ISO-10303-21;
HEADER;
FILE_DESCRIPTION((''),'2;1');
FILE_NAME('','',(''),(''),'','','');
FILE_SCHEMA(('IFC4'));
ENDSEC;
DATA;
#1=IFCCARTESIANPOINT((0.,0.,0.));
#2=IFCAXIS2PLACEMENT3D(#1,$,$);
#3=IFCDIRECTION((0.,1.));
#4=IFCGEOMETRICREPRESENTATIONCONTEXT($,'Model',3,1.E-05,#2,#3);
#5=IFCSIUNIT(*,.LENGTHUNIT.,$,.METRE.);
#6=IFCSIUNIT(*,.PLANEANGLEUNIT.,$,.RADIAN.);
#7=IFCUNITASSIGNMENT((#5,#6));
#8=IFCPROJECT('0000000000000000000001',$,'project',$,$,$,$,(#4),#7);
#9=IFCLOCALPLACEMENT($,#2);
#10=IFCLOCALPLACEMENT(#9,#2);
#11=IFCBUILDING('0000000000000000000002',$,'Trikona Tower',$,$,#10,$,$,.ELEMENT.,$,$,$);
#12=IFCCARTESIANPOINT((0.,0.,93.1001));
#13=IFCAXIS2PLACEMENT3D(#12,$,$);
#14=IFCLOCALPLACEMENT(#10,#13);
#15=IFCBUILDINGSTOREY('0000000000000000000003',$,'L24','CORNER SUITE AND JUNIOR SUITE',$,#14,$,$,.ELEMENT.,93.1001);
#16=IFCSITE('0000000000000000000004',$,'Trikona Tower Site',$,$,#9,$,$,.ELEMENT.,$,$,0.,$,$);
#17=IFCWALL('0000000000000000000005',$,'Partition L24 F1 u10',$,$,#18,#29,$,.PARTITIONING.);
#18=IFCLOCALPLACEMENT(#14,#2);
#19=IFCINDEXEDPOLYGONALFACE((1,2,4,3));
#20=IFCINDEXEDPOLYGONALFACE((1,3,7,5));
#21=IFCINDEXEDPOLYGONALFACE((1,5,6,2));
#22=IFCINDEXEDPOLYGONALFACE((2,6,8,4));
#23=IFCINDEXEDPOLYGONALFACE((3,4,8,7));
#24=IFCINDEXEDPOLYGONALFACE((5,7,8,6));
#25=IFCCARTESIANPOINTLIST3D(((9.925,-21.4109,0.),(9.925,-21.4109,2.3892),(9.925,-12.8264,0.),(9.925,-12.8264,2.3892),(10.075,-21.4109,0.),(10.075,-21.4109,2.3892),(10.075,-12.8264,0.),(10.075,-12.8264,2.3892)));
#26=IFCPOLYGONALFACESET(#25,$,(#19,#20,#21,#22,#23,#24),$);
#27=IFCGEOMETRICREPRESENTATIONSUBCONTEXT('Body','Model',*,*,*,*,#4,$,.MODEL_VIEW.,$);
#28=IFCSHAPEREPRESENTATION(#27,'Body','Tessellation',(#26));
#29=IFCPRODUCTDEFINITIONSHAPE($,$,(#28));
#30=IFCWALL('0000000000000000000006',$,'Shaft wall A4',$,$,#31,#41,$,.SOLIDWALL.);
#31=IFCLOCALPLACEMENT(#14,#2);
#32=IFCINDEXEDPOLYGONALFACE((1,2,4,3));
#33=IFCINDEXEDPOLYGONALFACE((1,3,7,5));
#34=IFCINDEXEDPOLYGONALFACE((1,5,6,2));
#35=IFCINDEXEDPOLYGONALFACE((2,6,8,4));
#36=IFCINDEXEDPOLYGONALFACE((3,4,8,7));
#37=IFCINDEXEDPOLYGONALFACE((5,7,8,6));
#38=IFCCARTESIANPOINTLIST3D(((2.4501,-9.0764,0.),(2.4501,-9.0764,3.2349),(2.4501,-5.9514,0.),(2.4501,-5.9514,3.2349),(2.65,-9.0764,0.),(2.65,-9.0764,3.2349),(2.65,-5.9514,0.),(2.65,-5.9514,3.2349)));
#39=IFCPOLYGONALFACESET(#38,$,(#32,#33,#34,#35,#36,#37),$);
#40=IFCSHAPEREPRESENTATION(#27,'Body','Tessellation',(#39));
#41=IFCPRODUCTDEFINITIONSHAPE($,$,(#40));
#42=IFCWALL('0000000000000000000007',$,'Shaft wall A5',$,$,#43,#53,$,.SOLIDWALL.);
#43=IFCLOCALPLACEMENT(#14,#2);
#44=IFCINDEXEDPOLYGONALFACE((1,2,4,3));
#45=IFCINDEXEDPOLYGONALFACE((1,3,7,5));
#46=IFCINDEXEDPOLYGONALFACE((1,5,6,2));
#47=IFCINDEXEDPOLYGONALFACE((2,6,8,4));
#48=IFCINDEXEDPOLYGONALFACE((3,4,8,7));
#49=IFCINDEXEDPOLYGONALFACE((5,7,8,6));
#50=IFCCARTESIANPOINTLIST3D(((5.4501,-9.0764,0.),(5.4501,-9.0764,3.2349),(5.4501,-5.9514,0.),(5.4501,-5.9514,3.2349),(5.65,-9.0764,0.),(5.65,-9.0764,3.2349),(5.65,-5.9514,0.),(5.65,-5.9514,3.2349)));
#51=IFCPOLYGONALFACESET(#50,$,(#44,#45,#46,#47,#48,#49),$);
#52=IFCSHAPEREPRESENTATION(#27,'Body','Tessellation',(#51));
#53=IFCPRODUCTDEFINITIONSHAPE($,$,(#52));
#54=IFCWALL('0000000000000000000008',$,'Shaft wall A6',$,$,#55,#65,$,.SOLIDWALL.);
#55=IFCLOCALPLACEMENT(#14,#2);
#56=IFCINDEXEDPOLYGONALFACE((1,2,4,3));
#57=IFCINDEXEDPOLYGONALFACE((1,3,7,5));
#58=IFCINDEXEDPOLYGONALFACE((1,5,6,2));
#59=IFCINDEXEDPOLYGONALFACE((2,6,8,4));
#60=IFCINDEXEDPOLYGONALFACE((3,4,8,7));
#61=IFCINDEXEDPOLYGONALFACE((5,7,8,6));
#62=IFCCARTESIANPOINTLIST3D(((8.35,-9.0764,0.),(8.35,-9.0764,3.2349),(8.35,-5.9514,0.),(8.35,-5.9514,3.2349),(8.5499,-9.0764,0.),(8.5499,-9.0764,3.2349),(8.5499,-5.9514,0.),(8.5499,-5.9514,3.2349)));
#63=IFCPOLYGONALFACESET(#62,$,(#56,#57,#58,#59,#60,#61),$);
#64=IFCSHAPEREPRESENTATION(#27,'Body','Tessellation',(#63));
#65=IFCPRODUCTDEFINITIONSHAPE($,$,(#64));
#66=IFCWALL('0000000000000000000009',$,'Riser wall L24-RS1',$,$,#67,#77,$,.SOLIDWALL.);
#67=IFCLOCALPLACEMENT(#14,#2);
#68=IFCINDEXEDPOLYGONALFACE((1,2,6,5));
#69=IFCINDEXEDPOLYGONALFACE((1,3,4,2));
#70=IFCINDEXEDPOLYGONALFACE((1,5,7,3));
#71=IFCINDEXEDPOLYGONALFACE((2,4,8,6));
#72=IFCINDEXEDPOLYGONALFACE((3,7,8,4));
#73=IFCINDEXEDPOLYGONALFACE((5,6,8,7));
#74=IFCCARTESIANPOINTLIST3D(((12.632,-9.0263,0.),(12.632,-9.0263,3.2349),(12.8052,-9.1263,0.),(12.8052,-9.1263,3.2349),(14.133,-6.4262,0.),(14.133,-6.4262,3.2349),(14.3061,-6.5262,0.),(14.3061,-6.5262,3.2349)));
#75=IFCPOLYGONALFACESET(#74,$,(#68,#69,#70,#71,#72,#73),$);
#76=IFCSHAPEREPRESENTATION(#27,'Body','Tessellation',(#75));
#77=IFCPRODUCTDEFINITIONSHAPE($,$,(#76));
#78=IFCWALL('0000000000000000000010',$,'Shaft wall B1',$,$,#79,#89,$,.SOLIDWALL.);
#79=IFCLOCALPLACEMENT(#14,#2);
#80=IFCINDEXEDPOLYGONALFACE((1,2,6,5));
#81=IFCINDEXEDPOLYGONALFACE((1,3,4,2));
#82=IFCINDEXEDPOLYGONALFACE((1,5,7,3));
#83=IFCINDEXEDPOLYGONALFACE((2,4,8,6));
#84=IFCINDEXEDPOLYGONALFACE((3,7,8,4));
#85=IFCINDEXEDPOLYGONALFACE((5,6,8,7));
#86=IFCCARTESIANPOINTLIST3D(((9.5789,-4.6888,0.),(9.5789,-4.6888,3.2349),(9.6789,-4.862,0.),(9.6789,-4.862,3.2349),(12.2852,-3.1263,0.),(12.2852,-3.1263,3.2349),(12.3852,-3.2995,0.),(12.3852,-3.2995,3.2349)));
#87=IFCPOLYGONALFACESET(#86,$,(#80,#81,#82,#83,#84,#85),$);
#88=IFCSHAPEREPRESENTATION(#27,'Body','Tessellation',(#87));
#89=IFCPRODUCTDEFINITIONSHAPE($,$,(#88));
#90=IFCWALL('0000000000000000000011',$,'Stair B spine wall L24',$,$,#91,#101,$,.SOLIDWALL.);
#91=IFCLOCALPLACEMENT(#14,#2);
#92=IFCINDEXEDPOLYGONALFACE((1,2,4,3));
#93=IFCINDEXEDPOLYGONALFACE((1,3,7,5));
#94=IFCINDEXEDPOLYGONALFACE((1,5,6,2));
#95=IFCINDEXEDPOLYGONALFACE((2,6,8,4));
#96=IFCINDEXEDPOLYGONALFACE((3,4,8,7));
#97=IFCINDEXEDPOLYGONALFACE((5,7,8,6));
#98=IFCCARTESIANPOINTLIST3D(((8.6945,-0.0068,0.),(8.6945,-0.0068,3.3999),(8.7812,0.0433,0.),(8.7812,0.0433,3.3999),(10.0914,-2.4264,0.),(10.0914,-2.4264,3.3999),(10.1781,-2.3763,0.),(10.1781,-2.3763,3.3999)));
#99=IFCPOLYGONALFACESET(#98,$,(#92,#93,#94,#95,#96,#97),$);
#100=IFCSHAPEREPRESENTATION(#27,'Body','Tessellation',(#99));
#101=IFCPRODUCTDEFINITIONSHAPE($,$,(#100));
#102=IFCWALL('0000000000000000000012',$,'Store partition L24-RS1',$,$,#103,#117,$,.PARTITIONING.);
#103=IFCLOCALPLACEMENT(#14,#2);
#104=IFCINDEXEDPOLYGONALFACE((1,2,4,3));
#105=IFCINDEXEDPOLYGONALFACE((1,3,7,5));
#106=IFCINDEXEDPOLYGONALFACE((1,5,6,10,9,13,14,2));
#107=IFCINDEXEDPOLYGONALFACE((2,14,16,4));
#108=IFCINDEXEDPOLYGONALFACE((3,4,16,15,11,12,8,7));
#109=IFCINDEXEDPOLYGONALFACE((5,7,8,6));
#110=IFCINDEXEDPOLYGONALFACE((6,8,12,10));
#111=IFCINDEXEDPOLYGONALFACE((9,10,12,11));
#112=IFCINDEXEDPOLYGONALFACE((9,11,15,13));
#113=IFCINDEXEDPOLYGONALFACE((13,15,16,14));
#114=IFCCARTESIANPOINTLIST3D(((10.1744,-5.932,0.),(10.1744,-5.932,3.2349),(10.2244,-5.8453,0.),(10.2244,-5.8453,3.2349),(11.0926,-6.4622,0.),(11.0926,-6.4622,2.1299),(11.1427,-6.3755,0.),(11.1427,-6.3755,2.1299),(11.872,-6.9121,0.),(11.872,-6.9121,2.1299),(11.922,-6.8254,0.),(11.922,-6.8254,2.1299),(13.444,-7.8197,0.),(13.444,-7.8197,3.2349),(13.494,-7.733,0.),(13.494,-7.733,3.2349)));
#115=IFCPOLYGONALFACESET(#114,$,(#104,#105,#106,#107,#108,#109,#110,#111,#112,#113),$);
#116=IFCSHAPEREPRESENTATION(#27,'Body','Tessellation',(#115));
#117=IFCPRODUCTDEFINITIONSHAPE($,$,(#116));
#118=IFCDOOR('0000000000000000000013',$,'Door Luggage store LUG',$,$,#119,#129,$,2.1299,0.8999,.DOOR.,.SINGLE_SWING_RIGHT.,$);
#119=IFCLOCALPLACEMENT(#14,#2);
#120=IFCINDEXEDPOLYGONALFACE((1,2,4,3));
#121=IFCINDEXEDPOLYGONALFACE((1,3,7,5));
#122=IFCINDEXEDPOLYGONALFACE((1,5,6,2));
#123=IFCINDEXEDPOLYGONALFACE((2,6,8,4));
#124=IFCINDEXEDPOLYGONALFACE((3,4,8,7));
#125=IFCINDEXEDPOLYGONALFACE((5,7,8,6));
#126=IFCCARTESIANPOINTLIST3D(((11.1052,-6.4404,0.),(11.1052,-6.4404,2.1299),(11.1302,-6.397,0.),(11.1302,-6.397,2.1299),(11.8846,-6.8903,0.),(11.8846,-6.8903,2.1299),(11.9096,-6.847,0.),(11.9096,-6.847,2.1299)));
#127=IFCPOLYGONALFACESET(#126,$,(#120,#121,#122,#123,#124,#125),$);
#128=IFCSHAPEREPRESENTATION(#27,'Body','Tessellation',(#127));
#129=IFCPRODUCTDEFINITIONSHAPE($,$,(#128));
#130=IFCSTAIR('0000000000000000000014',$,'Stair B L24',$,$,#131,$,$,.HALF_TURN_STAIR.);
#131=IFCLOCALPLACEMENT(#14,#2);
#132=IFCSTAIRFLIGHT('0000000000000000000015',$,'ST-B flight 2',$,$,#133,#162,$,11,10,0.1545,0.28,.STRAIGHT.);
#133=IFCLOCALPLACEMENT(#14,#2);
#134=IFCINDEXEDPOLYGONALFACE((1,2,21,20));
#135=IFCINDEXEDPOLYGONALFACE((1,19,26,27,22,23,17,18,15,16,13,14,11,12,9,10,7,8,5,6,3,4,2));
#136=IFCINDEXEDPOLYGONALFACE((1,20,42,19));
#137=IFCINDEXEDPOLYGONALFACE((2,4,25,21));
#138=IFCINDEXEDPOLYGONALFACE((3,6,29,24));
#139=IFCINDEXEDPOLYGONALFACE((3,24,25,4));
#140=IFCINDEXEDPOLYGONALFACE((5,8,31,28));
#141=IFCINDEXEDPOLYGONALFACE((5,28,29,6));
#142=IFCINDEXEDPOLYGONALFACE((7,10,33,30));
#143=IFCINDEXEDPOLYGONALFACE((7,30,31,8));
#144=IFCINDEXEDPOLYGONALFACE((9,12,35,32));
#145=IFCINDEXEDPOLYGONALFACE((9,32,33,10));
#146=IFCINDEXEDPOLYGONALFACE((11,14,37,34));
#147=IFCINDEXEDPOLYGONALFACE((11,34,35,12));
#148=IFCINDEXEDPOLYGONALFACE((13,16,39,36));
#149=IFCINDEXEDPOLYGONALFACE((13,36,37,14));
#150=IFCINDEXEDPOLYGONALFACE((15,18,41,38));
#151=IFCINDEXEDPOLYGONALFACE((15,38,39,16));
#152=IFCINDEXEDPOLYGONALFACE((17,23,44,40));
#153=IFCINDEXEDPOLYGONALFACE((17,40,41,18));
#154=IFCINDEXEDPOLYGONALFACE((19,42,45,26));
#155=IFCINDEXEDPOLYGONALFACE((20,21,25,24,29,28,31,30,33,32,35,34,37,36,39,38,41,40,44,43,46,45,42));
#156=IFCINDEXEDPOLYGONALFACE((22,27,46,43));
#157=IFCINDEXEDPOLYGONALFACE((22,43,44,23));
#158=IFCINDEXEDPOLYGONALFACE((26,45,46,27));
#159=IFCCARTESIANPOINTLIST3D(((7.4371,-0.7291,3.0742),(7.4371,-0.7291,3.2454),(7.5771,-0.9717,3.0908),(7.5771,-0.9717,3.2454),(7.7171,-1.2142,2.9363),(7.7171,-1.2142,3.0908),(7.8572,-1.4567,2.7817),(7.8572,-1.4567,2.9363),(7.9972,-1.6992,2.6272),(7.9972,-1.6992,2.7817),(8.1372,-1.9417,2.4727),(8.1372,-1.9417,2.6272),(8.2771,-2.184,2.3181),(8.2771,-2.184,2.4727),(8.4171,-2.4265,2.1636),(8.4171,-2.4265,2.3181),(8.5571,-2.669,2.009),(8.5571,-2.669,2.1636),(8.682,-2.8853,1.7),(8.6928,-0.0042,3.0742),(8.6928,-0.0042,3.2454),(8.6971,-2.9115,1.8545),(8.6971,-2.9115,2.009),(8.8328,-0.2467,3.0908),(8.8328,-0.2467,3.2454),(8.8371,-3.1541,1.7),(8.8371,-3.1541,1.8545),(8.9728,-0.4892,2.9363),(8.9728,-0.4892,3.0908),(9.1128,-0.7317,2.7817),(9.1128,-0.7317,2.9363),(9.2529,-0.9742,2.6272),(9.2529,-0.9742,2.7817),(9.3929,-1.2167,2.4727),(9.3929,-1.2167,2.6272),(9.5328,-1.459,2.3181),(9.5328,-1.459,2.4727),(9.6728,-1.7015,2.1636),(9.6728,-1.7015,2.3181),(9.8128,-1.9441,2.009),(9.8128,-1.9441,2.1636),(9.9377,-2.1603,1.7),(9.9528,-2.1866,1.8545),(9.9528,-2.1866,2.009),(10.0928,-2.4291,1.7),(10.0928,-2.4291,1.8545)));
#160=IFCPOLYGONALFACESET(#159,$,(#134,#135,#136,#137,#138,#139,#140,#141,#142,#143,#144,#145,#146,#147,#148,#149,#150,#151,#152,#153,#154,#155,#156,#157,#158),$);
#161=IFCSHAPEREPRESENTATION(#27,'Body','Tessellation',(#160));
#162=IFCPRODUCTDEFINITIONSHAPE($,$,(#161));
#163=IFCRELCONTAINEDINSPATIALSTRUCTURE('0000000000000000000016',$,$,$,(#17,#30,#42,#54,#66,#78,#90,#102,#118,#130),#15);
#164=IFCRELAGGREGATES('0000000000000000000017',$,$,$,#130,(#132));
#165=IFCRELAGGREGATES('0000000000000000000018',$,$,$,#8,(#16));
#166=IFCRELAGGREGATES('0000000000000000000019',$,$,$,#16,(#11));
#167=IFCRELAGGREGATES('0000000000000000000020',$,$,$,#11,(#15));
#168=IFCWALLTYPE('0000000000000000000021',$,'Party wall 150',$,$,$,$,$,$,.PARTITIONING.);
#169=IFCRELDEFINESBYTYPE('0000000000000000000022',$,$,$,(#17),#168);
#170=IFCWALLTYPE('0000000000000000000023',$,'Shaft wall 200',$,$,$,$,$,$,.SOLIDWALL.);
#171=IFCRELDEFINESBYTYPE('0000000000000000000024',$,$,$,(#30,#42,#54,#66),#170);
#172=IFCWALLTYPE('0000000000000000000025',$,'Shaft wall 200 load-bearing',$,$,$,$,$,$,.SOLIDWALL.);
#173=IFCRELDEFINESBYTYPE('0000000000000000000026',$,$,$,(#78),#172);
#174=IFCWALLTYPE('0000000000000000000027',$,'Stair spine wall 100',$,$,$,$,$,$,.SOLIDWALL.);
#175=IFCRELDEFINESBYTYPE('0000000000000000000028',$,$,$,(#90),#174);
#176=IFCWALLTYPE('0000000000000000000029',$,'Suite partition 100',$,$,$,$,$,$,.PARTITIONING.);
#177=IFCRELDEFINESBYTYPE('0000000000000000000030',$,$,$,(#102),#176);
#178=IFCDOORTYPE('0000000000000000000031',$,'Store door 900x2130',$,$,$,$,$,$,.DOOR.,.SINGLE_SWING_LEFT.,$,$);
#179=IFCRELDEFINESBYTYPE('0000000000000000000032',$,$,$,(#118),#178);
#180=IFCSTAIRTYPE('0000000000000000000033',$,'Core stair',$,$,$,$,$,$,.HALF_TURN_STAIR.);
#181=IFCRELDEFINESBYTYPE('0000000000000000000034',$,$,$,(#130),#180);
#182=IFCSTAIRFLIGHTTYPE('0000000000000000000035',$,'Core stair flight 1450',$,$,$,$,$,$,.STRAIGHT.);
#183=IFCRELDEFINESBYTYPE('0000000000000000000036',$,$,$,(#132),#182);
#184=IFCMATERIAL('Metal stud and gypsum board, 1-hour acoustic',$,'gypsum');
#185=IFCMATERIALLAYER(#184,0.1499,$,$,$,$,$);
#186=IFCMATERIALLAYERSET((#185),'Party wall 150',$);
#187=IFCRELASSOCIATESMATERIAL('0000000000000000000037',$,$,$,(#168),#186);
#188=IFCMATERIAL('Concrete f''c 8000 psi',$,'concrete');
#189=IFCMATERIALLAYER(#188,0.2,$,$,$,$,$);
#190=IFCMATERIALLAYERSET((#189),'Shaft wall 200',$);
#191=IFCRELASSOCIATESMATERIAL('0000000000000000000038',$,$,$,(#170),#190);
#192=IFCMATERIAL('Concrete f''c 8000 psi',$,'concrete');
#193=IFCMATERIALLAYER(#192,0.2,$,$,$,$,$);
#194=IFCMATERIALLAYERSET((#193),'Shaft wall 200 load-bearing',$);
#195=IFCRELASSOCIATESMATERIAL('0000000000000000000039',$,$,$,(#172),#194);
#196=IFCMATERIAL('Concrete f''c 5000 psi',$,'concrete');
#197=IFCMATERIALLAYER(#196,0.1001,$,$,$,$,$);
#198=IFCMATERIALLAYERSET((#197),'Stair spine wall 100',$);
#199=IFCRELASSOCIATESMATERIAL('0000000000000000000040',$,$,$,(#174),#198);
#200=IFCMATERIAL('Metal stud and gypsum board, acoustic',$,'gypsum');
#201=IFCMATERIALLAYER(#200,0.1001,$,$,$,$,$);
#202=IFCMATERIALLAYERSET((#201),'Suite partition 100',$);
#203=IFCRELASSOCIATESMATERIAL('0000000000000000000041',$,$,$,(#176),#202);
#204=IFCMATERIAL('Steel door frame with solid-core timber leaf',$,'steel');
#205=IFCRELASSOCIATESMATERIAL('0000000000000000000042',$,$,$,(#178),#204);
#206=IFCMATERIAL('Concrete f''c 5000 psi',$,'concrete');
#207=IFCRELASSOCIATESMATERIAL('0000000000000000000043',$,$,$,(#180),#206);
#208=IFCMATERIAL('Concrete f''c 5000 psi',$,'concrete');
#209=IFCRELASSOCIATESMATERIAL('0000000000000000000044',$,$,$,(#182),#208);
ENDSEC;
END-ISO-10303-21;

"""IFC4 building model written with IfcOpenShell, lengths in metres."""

from ifc_helpers import new_model, si_unit, direction, frame, frame_2d, origin, place, context, subcontext, project, spatial, polyline, rectangle, outline, extrude, material, layer, layer_set, type_object, element, fill, aggregate, save


model = new_model("IFC4")

# Units and contexts
model_context = context("Model", 3, precision=1e-05, world=origin(), true_north=direction((0.0, 1.0)))
body_context = subcontext(model_context, "Body", "Model", "MODEL_VIEW")
ifc_project = project(units=[si_unit("LENGTHUNIT", "METRE"), si_unit("PLANEANGLEUNIT", "RADIAN")], contexts=[model_context])

# Site, building, storey
site_placement = place(None, origin())
site = spatial("IfcSite", under=ifc_project, at=site_placement, Name="Trikona Tower Site", CompositionType="ELEMENT", RefElevation=0.0)
building_placement = place(site_placement, origin())
building = spatial("IfcBuilding", under=site, at=building_placement, Name="Trikona Tower", CompositionType="ELEMENT")
storey_placement = place(building_placement, frame((0.0, 0.0, 93.1001)))
storey = spatial("IfcBuildingStorey", under=building, at=storey_placement, Name="L24", Description="CORNER SUITE AND JUNIOR SUITE", CompositionType="ELEMENT", Elevation=93.1001)

# Walls
ifc_material_1 = material(Name="Metal stud and gypsum board, 1-hour acoustic", Category="gypsum")
ifc_layer_1 = layer(ifc_material_1, 0.1499)
ifc_layer_set_1 = layer_set([ifc_layer_1], Name="Party wall 150")
wall_type_1 = type_object("IfcWallType", Name="Party wall 150", PredefinedType="PARTITIONING", material=ifc_layer_set_1)
wall_1_placement = place(storey_placement, frame((10.0, -12.8264, 0.0), z_axis=(0.0, 0.0, 1.0), x_axis=(0.0, -1.0, 0.0)))
element("IfcWall", 1, at=wall_1_placement, inside=storey, type_object=wall_type_1, Name="Partition L24 F1 u10", PredefinedType="PARTITIONING", context=body_context, shape_type="SweptSolid", body=[
    extrude(rectangle(XDim=8.5845, YDim=0.1499, at=frame_2d((4.2922, 0.0))), origin(), (0.0, 0.0, 1.0), 2.3892),
])
ifc_material_2 = material(Name="Concrete f'c 8000 psi", Category="concrete")
ifc_layer_2 = layer(ifc_material_2, 0.2)
ifc_layer_set_2 = layer_set([ifc_layer_2], Name="Shaft wall 200")
wall_type_2 = type_object("IfcWallType", Name="Shaft wall 200", PredefinedType="SOLIDWALL", material=ifc_layer_set_2)
for number, where, z_axis, x_axis, name in (
    (2, (2.55, -5.9514, 0.0), (0.0, 0.0, 1.0), (0.0, -1.0, 0.0), "Shaft wall A4"),
    (3, (5.55, -5.9514, 0.0), (0.0, 0.0, 1.0), (0.0, -1.0, 0.0), "Shaft wall A5"),
    (4, (8.45, -5.9514, 0.0), (0.0, 0.0, 1.0), (0.0, -1.0, 0.0), "Shaft wall A6"),
):
    element("IfcWall", number, at=place(storey_placement, frame(where, z_axis=z_axis, x_axis=x_axis)), inside=storey, type_object=wall_type_2, Name=name, PredefinedType="SOLIDWALL", context=body_context, shape_type="SweptSolid", body=[
        extrude(rectangle(XDim=3.125, YDim=0.2, at=frame_2d((1.5625, 0.0))), origin(), (0.0, 0.0, 1.0), 3.2349),
    ])
wall_2_placement = place(storey_placement, frame((14.2195, -6.4763, 0.0), z_axis=(0.0, 0.0, 1.0), x_axis=(-0.499952, -0.866053, 0.0)))
element("IfcWall", 5, at=wall_2_placement, inside=storey, type_object=wall_type_2, Name="Riser wall L24-RS1", PredefinedType="SOLIDWALL", context=body_context, shape_type="SweptSolid", body=[
    extrude(rectangle(XDim=3.0022, YDim=0.2, at=frame_2d((1.501, 0.0))), origin(), (0.0, 0.0, 1.0), 3.2349),
])
ifc_material_3 = material(Name="Concrete f'c 8000 psi", Category="concrete")
ifc_layer_3 = layer(ifc_material_3, 0.2)
ifc_layer_set_3 = layer_set([ifc_layer_3], Name="Shaft wall 200 load-bearing")
wall_type_3 = type_object("IfcWallType", Name="Shaft wall 200 load-bearing", PredefinedType="SOLIDWALL", material=ifc_layer_set_3)
wall_3_placement = place(storey_placement, frame((9.6289, -4.7754, 0.0), z_axis=(0.0, 0.0, 1.0), x_axis=(0.866023, 0.500004, 0.0)))
element("IfcWall", 6, at=wall_3_placement, inside=storey, type_object=wall_type_3, Name="Shaft wall B1", PredefinedType="SOLIDWALL", context=body_context, shape_type="SweptSolid", body=[
    extrude(rectangle(XDim=3.125, YDim=0.2, at=frame_2d((1.5625, 0.0))), origin(), (0.0, 0.0, 1.0), 3.2349),
])
ifc_material_4 = material(Name="Concrete f'c 5000 psi", Category="concrete")
ifc_layer_4 = layer(ifc_material_4, 0.1001)
ifc_layer_set_4 = layer_set([ifc_layer_4], Name="Stair spine wall 100")
wall_type_4 = type_object("IfcWallType", Name="Stair spine wall 100", PredefinedType="SOLIDWALL", material=ifc_layer_set_4)
wall_4_placement = place(storey_placement, frame((10.1348, -2.4014, 0.0), z_axis=(0.0, 0.0, 1.0), x_axis=(-0.499992, 0.86603, 0.0)))
element("IfcWall", 7, at=wall_4_placement, inside=storey, type_object=wall_type_4, Name="Stair B spine wall L24", PredefinedType="SOLIDWALL", context=body_context, shape_type="SweptSolid", body=[
    extrude(rectangle(XDim=2.7939, YDim=0.1001, at=frame_2d((1.397, 0.0))), origin(), (0.0, 0.0, 1.0), 3.3999),
])

# Wall, opening, door
ifc_material_5 = material(Name="Metal stud and gypsum board, acoustic", Category="gypsum")
ifc_layer_5 = layer(ifc_material_5, 0.1001)
ifc_layer_set_5 = layer_set([ifc_layer_5], Name="Suite partition 100")
wall_type_5 = type_object("IfcWallType", Name="Suite partition 100", PredefinedType="PARTITIONING", material=ifc_layer_set_5)
wall_5_placement = place(storey_placement, frame((13.469, -7.7764, 0.0), z_axis=(0.0, 0.0, 1.0), x_axis=(-0.866022, 0.500006, 0.0)))
wall_5 = element("IfcWall", 8, at=wall_5_placement, inside=storey, type_object=wall_type_5, Name="Store partition L24-RS1", PredefinedType="PARTITIONING", context=body_context, shape_type="SweptSolid", body=[
    extrude(rectangle(XDim=3.7754, YDim=0.1001, at=frame_2d((1.8877, 0.0))), origin(), (0.0, 0.0, 1.0), 3.2349),
])
opening_1_placement = place(wall_5_placement, frame((1.8152, 0.0, 0.0)))
opening_1 = element("IfcOpeningElement", 9, at=opening_1_placement, cuts=wall_5, PredefinedType="OPENING", context=body_context, shape_type="SweptSolid", body=[
    extrude(rectangle(XDim=0.8999, YDim=2.1299, at=frame_2d((0.45, 1.0649))), frame((0.0, 0.0601, 0.0), z_axis=(0.0, -1.0, 0.0), x_axis=(1.0, 0.0, 0.0)), (0.0, 0.0, 1.0), 0.1201),
])
ifc_material_6 = material(Name="Steel door frame with solid-core timber leaf", Category="steel")
door_type_1 = type_object("IfcDoorType", Name="Store door 900x2130", OperationType="SINGLE_SWING_LEFT", PredefinedType="DOOR", material=ifc_material_6)
door_1_placement = place(opening_1_placement, origin())
door_1 = element("IfcDoor", 10, at=door_1_placement, inside=storey, type_object=door_type_1, Name="Door Luggage store LUG", OperationType="SINGLE_SWING_RIGHT", OverallHeight=2.1299, OverallWidth=0.8999, PredefinedType="DOOR", context=body_context, shape_type="SweptSolid", body=[
    extrude(rectangle(XDim=0.8999, YDim=2.1299, at=frame_2d((0.45, 1.0649))), frame((0.0, 0.0249, 0.0), z_axis=(0.0, -1.0, 0.0), x_axis=(1.0, 0.0, 0.0)), (0.0, 0.0, 1.0), 0.05),
])
fill(opening_1, door_1)

# Stair, stair flight
ifc_material_7 = material(Name="Concrete f'c 5000 psi", Category="concrete")
stair_type = type_object("IfcStairType", Name="Core stair", PredefinedType="HALF_TURN_STAIR", material=ifc_material_7)
stair_placement = place(storey_placement, origin())
stair = element("IfcStair", 11, at=stair_placement, inside=storey, type_object=stair_type, Name="Stair B L24", PredefinedType="HALF_TURN_STAIR")
ifc_material_8 = material(Name="Concrete f'c 5000 psi", Category="concrete")
stair_flight_type = type_object("IfcStairFlightType", Name="Core stair flight 1450", PredefinedType="STRAIGHT", material=ifc_material_8)
stair_flight_placement = place(storey_placement, frame((9.4651, -2.7915, 1.7), z_axis=(0.0, 0.0, 1.0), x_axis=(-0.5, 0.866025, 0.0)))
stair_flight = element("IfcStairFlight", 12, at=stair_flight_placement, type_object=stair_flight_type, Name="ST-B flight 2", NumberOfRisers=11, NumberOfTreads=10, PredefinedType="STRAIGHT", RiserHeight=0.1545, TreadLength=0.28, context=body_context, shape_type="SweptSolid", body=[
    extrude(outline(polyline([(0.0, 0.0), (0.0, 0.1545), (0.28, 0.1545), (0.28, 0.3091), (0.5601, 0.3091), (0.5601, 0.4636), (0.8401, 0.4636), (0.8401, 0.6182), (1.1201, 0.6182), (1.1201, 0.7727), (1.3999, 0.7727), (1.3999, 0.9272), (1.6799, 0.9272), (1.6799, 1.0818), (1.96, 1.0818), (1.96, 1.2363), (2.24, 1.2363), (2.24, 1.3909), (2.52, 1.3909), (2.52, 1.5454), (2.8, 1.5454), (2.8, 1.7), (2.8, 1.3743), (0.3103, 0.0), (0.0, 0.0)])), frame((0.0, 0.7251, 0.0), z_axis=(0.0, -1.0, 0.0), x_axis=(1.0, 0.0, 0.0)), (0.0, 0.0, 1.0), 1.45),
])
aggregate(stair, [stair_flight])

save(model, "model.ifc")
